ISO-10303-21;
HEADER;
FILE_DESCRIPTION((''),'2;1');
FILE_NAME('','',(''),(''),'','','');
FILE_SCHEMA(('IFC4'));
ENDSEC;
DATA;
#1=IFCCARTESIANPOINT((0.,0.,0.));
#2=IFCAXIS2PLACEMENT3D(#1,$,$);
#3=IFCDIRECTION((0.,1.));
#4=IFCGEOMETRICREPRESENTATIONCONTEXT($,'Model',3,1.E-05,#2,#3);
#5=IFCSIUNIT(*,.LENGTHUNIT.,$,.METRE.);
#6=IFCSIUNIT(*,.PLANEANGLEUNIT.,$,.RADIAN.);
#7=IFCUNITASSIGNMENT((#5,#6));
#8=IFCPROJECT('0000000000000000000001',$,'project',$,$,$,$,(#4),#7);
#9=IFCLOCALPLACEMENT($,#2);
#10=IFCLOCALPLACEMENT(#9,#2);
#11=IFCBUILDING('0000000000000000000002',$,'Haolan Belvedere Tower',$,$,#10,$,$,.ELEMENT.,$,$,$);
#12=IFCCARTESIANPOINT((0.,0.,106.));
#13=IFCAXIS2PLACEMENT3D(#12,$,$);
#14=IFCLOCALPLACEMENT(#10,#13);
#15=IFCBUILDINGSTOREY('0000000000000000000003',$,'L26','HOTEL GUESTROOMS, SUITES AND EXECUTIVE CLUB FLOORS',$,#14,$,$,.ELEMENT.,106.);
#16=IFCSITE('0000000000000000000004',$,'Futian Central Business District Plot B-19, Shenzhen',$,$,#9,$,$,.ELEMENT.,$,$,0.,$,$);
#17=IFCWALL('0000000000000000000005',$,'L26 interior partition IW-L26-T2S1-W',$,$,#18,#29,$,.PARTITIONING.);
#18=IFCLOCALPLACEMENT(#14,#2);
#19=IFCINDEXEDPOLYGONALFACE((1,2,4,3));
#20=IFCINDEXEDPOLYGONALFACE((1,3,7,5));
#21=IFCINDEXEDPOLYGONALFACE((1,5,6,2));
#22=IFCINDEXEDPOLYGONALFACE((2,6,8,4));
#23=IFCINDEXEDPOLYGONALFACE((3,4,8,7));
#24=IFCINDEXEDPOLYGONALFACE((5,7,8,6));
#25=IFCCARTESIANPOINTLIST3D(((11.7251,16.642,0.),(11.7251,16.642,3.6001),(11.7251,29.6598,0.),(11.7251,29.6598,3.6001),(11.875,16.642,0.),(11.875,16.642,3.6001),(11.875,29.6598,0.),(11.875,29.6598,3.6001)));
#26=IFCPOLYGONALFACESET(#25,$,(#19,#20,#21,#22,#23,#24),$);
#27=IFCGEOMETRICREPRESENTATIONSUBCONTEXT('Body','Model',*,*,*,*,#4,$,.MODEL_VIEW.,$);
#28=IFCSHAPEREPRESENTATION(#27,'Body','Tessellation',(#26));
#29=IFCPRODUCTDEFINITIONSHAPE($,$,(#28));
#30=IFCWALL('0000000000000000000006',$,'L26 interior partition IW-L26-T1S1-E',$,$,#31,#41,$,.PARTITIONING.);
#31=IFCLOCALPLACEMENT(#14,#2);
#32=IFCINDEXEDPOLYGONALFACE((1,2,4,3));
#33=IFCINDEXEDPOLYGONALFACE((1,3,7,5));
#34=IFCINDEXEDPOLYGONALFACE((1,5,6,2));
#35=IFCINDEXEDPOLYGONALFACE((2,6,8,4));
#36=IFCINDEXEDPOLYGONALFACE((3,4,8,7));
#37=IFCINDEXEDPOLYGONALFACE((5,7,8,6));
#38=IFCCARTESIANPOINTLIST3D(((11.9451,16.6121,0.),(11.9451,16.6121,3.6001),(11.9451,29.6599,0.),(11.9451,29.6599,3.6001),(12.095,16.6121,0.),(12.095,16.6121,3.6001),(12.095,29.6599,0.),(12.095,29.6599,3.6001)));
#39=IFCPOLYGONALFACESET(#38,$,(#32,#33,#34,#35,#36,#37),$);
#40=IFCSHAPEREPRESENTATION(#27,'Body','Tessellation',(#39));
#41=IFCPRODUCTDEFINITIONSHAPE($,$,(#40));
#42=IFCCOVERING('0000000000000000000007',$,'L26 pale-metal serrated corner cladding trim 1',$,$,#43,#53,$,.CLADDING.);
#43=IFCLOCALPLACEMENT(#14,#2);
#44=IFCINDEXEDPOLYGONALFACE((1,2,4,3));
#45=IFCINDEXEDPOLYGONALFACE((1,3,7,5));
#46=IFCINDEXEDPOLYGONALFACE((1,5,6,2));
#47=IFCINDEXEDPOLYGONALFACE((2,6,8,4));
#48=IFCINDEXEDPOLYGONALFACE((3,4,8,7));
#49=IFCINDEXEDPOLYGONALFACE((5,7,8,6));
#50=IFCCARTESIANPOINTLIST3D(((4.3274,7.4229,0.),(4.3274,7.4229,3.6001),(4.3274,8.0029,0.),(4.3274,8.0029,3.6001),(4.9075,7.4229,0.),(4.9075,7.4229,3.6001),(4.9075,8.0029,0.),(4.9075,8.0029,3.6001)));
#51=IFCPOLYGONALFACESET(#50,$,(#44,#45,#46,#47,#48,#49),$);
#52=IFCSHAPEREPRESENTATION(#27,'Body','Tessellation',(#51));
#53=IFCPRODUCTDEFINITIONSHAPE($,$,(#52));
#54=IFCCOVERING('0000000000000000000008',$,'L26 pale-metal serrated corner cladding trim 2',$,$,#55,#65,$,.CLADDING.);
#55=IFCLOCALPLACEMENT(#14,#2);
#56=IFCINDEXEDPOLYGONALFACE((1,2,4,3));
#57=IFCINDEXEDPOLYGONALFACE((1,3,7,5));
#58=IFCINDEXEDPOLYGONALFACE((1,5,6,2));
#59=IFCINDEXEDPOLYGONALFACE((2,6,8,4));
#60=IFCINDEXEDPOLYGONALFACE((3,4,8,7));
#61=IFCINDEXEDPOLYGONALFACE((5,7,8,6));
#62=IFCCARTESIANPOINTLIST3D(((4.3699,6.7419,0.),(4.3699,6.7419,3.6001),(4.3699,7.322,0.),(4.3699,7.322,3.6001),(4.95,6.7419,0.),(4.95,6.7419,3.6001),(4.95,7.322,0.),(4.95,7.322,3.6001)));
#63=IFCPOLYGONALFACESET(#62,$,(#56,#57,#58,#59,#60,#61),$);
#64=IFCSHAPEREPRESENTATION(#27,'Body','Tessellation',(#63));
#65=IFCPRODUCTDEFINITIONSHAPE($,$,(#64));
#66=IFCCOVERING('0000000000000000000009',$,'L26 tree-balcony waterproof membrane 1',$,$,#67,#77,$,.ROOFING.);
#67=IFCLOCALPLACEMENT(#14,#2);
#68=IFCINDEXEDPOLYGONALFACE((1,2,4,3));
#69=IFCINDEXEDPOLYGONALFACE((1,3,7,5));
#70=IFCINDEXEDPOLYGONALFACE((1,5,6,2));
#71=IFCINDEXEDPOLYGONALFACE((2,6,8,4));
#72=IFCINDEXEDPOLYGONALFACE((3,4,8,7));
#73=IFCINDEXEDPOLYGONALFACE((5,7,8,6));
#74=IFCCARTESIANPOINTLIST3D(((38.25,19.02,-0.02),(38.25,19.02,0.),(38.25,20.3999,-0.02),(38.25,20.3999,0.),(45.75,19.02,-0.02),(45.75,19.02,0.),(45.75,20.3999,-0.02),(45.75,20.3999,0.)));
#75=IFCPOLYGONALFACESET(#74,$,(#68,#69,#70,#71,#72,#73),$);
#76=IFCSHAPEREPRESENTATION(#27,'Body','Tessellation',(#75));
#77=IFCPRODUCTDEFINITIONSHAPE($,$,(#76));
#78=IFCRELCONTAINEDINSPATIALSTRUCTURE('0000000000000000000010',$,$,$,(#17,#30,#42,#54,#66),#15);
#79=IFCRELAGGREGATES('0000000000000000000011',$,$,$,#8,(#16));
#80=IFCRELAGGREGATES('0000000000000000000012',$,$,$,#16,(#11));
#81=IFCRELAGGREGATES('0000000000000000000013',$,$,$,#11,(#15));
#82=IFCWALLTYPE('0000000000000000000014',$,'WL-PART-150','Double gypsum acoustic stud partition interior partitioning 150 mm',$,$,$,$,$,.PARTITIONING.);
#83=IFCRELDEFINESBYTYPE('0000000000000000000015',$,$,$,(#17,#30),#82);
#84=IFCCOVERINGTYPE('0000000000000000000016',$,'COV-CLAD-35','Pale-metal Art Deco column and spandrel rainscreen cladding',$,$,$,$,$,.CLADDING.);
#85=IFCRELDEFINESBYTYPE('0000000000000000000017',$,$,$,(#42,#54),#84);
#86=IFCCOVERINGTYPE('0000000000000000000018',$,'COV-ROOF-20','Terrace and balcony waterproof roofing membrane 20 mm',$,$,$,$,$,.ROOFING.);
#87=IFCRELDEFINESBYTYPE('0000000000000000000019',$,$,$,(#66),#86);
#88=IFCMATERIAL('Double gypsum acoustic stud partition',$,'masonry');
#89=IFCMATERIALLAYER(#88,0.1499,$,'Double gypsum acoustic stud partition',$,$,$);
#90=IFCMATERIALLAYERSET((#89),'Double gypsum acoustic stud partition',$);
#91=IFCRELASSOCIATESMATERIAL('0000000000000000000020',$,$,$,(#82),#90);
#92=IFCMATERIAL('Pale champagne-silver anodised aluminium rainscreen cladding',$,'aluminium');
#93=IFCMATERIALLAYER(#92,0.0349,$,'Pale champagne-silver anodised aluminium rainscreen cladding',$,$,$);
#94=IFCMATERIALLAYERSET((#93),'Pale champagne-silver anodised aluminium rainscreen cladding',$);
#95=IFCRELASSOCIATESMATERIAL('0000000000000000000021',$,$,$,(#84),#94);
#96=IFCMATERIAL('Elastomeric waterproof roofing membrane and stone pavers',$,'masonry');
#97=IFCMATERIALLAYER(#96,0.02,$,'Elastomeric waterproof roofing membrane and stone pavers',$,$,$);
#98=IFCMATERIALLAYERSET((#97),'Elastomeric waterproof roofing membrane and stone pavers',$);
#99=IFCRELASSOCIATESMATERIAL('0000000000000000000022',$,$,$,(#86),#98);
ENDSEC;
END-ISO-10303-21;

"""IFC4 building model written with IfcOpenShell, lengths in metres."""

from ifc_helpers import new_model, si_unit, direction, frame, frame_2d, origin, origin_2d, place, context, subcontext, project, spatial, polyline, rectangle, outline, extrude, material, layer, layer_set, type_object, element, save


model = new_model("IFC4")

# Units and contexts
model_context = context("Model", 3, precision=1e-05, world=origin(), true_north=direction((0.0, 1.0)))
body_context = subcontext(model_context, "Body", "Model", "MODEL_VIEW")
ifc_project = project(units=[si_unit("LENGTHUNIT", "METRE"), si_unit("PLANEANGLEUNIT", "RADIAN")], contexts=[model_context])

# Site, building, storey
site_placement = place(None, origin())
site = spatial("IfcSite", under=ifc_project, at=site_placement, Name="Futian Central Business District Plot B-19, Shenzhen", CompositionType="ELEMENT", RefElevation=0.0)
building_placement = place(site_placement, origin())
building = spatial("IfcBuilding", under=site, at=building_placement, Name="Haolan Belvedere Tower", CompositionType="ELEMENT")
storey_placement = place(building_placement, frame((0.0, 0.0, 106.0)))
storey = spatial("IfcBuildingStorey", under=building, at=storey_placement, Name="L26", Description="HOTEL GUESTROOMS, SUITES AND EXECUTIVE CLUB FLOORS", CompositionType="ELEMENT", Elevation=106.0)

# Walls
ifc_material_1 = material(Name="Double gypsum acoustic stud partition", Category="masonry")
ifc_layer_1 = layer(ifc_material_1, 0.1499, Name="Double gypsum acoustic stud partition")
ifc_layer_set_1 = layer_set([ifc_layer_1], Name="Double gypsum acoustic stud partition")
wall_type_1 = type_object("IfcWallType", Name="WL-PART-150", Description="Double gypsum acoustic stud partition interior partitioning 150 mm", PredefinedType="PARTITIONING", material=ifc_layer_set_1)
wall_1_placement = place(storey_placement, frame((11.8, 16.6421, 0.0), z_axis=(0.0, 0.0, 1.0), x_axis=(0.0, 1.0, 0.0)))
element("IfcWall", 1, at=wall_1_placement, inside=storey, type_object=wall_type_1, Name="L26 interior partition IW-L26-T2S1-W", PredefinedType="PARTITIONING", context=body_context, shape_type="SweptSolid", body=[
    extrude(rectangle(XDim=13.0178, YDim=0.1499, at=frame_2d((6.5088, 0.0))), origin(), (0.0, 0.0, 1.0), 3.6001),
])
wall_2_placement = place(storey_placement, frame((12.02, 16.6121, 0.0), z_axis=(0.0, 0.0, 1.0), x_axis=(0.0, 1.0, 0.0)))
element("IfcWall", 2, at=wall_2_placement, inside=storey, type_object=wall_type_1, Name="L26 interior partition IW-L26-T1S1-E", PredefinedType="PARTITIONING", context=body_context, shape_type="SweptSolid", body=[
    extrude(rectangle(XDim=13.0479, YDim=0.1499, at=frame_2d((6.5239, 0.0))), origin(), (0.0, 0.0, 1.0), 3.6001),
])

# Coverings
ifc_material_2 = material(Name="Pale champagne-silver anodised aluminium rainscreen cladding", Category="aluminium")
ifc_layer_2 = layer(ifc_material_2, 0.0349, Name="Pale champagne-silver anodised aluminium rainscreen cladding")
ifc_layer_set_2 = layer_set([ifc_layer_2], Name="Pale champagne-silver anodised aluminium rainscreen cladding")
covering_type_1 = type_object("IfcCoveringType", Name="COV-CLAD-35", Description="Pale-metal Art Deco column and spandrel rainscreen cladding", PredefinedType="CLADDING", material=ifc_layer_set_2)
for number, where, z_axis, x_axis, name in (
    (3, (4.6174, 7.7129, 0.0), (0.0, 0.0, 1.0), (1.0, 0.0, 0.0), "L26 pale-metal serrated corner cladding trim 1"),
    (4, (4.6599, 7.032, 0.0), (0.0, 0.0, 1.0), (1.0, 0.0, 0.0), "L26 pale-metal serrated corner cladding trim 2"),
):
    element("IfcCovering", number, at=place(storey_placement, frame(where, z_axis=z_axis, x_axis=x_axis)), inside=storey, type_object=covering_type_1, Name=name, PredefinedType="CLADDING", context=body_context, shape_type="SweptSolid", body=[
        extrude(rectangle(XDim=0.5801, YDim=0.5801, at=origin_2d()), origin(), (0.0, 0.0, 1.0), 3.6001),
    ])
ifc_material_3 = material(Name="Elastomeric waterproof roofing membrane and stone pavers", Category="masonry")
ifc_layer_3 = layer(ifc_material_3, 0.02, Name="Elastomeric waterproof roofing membrane and stone pavers")
ifc_layer_set_3 = layer_set([ifc_layer_3], Name="Elastomeric waterproof roofing membrane and stone pavers")
covering_type_2 = type_object("IfcCoveringType", Name="COV-ROOF-20", Description="Terrace and balcony waterproof roofing membrane 20 mm", PredefinedType="ROOFING", material=ifc_layer_set_3)
covering_placement = place(storey_placement, frame((0.0, 0.0, -0.02)))
element("IfcCovering", 5, at=covering_placement, inside=storey, type_object=covering_type_2, Name="L26 tree-balcony waterproof membrane 1", PredefinedType="ROOFING", context=body_context, shape_type="SweptSolid", body=[
    extrude(outline(polyline([(38.25, 19.02), (45.75, 19.02), (45.75, 20.3999), (38.25, 20.3999), (38.25, 19.02)])), origin(), (0.0, 0.0, 1.0), 0.02),
])

save(model, "model.ifc")
